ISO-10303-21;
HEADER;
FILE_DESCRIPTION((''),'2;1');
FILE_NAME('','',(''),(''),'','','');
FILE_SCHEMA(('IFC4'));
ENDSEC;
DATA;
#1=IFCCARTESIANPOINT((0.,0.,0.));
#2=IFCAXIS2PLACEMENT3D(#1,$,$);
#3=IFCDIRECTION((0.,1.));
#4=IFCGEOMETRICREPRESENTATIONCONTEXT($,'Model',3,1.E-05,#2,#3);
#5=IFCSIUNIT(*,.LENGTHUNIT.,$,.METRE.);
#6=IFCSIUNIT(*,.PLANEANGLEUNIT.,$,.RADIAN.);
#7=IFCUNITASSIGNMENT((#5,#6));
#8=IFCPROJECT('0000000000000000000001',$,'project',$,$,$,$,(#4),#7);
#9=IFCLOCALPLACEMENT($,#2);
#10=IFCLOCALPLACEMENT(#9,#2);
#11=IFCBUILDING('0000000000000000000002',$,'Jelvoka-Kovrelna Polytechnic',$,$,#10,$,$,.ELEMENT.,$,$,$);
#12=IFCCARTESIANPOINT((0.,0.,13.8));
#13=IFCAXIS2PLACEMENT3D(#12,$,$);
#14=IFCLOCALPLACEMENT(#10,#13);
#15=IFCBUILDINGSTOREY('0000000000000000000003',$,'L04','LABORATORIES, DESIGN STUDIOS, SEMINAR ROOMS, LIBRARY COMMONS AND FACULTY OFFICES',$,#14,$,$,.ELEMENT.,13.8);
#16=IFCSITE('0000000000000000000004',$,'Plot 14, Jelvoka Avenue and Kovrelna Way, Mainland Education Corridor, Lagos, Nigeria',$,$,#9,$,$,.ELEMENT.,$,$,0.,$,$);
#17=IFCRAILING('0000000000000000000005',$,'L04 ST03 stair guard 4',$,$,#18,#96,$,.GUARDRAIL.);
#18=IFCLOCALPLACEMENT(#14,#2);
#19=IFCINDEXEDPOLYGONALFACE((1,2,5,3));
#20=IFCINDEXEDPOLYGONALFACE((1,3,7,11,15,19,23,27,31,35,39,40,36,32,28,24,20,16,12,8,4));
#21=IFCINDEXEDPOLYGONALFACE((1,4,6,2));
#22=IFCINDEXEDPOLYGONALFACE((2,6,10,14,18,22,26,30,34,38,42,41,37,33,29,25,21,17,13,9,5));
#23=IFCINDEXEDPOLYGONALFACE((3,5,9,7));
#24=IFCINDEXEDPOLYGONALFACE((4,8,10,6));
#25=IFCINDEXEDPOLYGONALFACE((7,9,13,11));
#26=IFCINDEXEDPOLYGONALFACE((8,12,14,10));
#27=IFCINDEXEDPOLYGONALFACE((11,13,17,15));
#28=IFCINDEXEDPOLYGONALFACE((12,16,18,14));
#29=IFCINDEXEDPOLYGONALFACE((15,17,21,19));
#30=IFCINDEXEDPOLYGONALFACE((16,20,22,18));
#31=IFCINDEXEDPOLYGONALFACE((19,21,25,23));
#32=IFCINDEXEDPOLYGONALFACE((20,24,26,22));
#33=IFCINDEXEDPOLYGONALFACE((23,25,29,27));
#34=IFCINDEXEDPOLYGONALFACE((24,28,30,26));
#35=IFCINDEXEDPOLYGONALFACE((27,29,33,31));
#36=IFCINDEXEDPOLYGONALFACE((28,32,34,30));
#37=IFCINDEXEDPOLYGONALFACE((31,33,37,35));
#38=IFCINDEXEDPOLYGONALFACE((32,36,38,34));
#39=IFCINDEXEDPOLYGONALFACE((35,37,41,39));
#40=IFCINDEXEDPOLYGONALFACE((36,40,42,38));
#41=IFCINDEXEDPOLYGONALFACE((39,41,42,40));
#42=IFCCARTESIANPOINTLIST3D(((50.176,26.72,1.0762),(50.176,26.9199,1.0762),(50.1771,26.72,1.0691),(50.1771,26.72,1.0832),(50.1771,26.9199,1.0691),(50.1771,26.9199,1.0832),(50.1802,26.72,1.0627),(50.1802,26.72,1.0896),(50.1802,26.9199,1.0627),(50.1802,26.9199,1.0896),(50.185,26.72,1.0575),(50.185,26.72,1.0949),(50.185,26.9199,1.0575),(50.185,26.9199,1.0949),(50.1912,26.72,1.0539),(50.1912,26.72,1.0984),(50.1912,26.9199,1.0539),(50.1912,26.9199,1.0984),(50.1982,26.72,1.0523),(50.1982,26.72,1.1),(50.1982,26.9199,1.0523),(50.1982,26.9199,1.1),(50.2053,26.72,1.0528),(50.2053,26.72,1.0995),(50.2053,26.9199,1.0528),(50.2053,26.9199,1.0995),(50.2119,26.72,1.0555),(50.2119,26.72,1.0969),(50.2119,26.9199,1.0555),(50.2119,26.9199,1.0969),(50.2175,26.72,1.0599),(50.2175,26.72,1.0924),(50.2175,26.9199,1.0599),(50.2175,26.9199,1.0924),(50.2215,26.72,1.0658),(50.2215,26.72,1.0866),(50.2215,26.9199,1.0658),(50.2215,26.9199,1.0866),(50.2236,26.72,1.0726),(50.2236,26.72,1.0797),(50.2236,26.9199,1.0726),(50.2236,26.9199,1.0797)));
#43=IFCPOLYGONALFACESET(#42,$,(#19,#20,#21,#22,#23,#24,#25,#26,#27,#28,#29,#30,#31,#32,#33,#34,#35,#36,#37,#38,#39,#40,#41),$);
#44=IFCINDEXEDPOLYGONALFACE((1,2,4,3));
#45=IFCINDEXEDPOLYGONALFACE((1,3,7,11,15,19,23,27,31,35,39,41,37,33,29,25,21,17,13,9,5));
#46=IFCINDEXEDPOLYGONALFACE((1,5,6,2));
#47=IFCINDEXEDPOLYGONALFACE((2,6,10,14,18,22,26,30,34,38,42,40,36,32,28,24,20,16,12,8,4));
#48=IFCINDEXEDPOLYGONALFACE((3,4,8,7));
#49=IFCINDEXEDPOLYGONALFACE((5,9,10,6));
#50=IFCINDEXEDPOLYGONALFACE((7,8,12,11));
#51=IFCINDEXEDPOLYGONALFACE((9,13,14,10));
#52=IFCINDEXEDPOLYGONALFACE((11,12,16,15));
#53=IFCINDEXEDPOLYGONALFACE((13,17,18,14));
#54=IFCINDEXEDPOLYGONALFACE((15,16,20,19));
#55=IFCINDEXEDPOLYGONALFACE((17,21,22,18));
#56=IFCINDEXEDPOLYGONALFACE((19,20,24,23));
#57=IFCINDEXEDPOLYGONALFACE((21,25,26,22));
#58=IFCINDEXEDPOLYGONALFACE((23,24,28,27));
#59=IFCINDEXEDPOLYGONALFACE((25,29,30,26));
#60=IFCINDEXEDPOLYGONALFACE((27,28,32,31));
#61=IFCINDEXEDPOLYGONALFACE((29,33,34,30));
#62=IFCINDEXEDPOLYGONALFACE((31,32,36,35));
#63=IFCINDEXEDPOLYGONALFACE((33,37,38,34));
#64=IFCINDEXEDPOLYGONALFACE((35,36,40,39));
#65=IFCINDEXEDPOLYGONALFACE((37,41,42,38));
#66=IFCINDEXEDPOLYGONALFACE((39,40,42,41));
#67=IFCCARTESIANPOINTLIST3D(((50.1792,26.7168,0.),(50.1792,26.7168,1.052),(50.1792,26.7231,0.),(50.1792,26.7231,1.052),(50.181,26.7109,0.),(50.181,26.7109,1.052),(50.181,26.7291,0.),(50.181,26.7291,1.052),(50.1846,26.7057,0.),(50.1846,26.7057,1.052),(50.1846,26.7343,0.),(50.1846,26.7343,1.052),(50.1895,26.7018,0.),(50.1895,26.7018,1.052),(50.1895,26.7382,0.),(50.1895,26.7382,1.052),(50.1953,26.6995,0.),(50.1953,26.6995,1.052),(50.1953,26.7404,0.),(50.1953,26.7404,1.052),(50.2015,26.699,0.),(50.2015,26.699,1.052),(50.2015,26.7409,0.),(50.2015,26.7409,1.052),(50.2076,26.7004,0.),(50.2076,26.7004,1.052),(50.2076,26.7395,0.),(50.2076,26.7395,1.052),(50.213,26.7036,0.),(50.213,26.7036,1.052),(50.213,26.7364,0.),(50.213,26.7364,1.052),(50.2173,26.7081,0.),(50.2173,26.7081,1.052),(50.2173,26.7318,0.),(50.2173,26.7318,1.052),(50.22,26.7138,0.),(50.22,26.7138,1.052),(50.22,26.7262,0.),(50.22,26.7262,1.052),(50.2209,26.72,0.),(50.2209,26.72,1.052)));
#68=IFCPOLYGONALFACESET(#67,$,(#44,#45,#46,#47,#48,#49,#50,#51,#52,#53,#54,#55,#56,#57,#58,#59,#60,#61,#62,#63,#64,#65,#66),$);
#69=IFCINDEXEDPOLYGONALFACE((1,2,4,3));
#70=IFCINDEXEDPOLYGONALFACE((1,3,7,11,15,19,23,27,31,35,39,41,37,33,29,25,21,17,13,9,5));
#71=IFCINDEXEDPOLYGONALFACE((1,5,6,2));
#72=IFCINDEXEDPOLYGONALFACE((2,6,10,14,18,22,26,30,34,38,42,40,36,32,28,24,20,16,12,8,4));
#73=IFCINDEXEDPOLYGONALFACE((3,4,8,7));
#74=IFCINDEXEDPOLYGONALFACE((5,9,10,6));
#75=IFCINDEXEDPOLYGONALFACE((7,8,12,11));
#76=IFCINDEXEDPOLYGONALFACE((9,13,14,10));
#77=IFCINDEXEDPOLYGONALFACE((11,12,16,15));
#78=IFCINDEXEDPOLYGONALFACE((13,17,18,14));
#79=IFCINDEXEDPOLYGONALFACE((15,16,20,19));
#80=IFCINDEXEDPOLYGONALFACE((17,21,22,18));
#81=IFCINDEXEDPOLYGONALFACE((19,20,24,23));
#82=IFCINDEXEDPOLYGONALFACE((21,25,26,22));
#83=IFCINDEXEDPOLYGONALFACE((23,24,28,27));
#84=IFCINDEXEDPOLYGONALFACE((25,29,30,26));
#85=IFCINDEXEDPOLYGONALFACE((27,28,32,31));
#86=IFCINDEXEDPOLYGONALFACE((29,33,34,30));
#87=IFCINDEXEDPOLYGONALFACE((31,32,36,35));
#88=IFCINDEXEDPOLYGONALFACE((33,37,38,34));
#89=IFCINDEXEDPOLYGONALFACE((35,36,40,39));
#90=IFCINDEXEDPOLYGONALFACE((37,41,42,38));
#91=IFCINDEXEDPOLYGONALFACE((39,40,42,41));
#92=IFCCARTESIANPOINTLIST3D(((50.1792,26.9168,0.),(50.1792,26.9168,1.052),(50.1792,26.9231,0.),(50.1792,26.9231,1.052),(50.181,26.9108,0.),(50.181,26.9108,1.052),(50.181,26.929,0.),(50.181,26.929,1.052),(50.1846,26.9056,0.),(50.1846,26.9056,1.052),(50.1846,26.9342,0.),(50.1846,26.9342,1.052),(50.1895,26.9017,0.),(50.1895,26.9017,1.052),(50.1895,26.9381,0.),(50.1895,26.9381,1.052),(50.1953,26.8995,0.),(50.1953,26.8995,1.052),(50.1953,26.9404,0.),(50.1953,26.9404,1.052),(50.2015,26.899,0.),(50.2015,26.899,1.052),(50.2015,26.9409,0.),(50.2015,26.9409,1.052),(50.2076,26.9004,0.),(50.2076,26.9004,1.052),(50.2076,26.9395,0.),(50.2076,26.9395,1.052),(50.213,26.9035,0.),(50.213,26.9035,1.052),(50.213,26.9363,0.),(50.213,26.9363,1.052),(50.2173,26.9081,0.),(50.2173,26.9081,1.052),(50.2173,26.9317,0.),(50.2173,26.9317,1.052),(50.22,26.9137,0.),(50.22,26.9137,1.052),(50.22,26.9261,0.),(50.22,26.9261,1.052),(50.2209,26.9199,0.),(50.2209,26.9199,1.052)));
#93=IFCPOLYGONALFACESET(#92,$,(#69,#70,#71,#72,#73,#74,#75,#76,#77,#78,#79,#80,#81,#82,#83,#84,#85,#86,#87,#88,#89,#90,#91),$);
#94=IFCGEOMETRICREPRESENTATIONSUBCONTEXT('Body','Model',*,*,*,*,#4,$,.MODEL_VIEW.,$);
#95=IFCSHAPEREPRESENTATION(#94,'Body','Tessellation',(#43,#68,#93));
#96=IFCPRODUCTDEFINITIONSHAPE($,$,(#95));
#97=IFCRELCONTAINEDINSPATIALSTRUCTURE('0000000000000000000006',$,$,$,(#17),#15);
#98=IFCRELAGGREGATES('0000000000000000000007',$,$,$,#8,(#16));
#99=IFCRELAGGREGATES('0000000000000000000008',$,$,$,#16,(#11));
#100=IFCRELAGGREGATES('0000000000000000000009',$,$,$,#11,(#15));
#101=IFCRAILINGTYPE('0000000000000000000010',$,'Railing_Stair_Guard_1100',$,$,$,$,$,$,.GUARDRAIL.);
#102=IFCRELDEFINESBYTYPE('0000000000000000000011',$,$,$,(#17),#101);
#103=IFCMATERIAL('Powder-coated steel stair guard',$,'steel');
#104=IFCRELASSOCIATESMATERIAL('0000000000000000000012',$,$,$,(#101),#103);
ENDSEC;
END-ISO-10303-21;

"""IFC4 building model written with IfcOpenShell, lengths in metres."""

from ifc_helpers import new_model, si_unit, direction, frame, origin, origin_2d, place, context, subcontext, project, spatial, circle, extrude, material, type_object, element, save


model = new_model("IFC4")

# Units and contexts
model_context = context("Model", 3, precision=1e-05, world=origin(), true_north=direction((0.0, 1.0)))
body_context = subcontext(model_context, "Body", "Model", "MODEL_VIEW")
ifc_project = project(units=[si_unit("LENGTHUNIT", "METRE"), si_unit("PLANEANGLEUNIT", "RADIAN")], contexts=[model_context])

# Site, building, storey
site_placement = place(None, origin())
site = spatial("IfcSite", under=ifc_project, at=site_placement, Name="Plot 14, Jelvoka Avenue and Kovrelna Way, Mainland Education Corridor, Lagos, Nigeria", CompositionType="ELEMENT", RefElevation=0.0)
building_placement = place(site_placement, origin())
building = spatial("IfcBuilding", under=site, at=building_placement, Name="Jelvoka-Kovrelna Polytechnic", CompositionType="ELEMENT")
storey_placement = place(building_placement, frame((0.0, 0.0, 13.8)))
storey = spatial("IfcBuildingStorey", under=building, at=storey_placement, Name="L04", Description="LABORATORIES, DESIGN STUDIOS, SEMINAR ROOMS, LIBRARY COMMONS AND FACULTY OFFICES", CompositionType="ELEMENT", Elevation=13.8)

# Railing
ifc_material_1 = material(Name="Powder-coated steel stair guard", Category="steel")
railing_type_1 = type_object("IfcRailingType", Name="Railing_Stair_Guard_1100", PredefinedType="GUARDRAIL", material=ifc_material_1)
railing_1_placement = place(storey_placement, frame((50.2, 26.72, 0.0)))
element("IfcRailing", 1, at=railing_1_placement, inside=storey, type_object=railing_type_1, Name="L04 ST03 stair guard 4", PredefinedType="GUARDRAIL", context=body_context, shape_type="SweptSolid", body=[
    extrude(circle(Radius=0.0239, at=origin_2d()), frame((0.0, 0.0, 1.0762), z_axis=(0.0, 1.0, 0.0), x_axis=(-1.0, 0.0, 0.0)), (0.0, 0.0, 1.0), 0.2),
    extrude(circle(Radius=0.021, at=origin_2d()), origin(), (0.0, 0.0, 1.0), 1.052),
    extrude(circle(Radius=0.021, at=origin_2d()), frame((0.0, 0.2, 0.0)), (0.0, 0.0, 1.0), 1.052),
])

save(model, "model.ifc")
